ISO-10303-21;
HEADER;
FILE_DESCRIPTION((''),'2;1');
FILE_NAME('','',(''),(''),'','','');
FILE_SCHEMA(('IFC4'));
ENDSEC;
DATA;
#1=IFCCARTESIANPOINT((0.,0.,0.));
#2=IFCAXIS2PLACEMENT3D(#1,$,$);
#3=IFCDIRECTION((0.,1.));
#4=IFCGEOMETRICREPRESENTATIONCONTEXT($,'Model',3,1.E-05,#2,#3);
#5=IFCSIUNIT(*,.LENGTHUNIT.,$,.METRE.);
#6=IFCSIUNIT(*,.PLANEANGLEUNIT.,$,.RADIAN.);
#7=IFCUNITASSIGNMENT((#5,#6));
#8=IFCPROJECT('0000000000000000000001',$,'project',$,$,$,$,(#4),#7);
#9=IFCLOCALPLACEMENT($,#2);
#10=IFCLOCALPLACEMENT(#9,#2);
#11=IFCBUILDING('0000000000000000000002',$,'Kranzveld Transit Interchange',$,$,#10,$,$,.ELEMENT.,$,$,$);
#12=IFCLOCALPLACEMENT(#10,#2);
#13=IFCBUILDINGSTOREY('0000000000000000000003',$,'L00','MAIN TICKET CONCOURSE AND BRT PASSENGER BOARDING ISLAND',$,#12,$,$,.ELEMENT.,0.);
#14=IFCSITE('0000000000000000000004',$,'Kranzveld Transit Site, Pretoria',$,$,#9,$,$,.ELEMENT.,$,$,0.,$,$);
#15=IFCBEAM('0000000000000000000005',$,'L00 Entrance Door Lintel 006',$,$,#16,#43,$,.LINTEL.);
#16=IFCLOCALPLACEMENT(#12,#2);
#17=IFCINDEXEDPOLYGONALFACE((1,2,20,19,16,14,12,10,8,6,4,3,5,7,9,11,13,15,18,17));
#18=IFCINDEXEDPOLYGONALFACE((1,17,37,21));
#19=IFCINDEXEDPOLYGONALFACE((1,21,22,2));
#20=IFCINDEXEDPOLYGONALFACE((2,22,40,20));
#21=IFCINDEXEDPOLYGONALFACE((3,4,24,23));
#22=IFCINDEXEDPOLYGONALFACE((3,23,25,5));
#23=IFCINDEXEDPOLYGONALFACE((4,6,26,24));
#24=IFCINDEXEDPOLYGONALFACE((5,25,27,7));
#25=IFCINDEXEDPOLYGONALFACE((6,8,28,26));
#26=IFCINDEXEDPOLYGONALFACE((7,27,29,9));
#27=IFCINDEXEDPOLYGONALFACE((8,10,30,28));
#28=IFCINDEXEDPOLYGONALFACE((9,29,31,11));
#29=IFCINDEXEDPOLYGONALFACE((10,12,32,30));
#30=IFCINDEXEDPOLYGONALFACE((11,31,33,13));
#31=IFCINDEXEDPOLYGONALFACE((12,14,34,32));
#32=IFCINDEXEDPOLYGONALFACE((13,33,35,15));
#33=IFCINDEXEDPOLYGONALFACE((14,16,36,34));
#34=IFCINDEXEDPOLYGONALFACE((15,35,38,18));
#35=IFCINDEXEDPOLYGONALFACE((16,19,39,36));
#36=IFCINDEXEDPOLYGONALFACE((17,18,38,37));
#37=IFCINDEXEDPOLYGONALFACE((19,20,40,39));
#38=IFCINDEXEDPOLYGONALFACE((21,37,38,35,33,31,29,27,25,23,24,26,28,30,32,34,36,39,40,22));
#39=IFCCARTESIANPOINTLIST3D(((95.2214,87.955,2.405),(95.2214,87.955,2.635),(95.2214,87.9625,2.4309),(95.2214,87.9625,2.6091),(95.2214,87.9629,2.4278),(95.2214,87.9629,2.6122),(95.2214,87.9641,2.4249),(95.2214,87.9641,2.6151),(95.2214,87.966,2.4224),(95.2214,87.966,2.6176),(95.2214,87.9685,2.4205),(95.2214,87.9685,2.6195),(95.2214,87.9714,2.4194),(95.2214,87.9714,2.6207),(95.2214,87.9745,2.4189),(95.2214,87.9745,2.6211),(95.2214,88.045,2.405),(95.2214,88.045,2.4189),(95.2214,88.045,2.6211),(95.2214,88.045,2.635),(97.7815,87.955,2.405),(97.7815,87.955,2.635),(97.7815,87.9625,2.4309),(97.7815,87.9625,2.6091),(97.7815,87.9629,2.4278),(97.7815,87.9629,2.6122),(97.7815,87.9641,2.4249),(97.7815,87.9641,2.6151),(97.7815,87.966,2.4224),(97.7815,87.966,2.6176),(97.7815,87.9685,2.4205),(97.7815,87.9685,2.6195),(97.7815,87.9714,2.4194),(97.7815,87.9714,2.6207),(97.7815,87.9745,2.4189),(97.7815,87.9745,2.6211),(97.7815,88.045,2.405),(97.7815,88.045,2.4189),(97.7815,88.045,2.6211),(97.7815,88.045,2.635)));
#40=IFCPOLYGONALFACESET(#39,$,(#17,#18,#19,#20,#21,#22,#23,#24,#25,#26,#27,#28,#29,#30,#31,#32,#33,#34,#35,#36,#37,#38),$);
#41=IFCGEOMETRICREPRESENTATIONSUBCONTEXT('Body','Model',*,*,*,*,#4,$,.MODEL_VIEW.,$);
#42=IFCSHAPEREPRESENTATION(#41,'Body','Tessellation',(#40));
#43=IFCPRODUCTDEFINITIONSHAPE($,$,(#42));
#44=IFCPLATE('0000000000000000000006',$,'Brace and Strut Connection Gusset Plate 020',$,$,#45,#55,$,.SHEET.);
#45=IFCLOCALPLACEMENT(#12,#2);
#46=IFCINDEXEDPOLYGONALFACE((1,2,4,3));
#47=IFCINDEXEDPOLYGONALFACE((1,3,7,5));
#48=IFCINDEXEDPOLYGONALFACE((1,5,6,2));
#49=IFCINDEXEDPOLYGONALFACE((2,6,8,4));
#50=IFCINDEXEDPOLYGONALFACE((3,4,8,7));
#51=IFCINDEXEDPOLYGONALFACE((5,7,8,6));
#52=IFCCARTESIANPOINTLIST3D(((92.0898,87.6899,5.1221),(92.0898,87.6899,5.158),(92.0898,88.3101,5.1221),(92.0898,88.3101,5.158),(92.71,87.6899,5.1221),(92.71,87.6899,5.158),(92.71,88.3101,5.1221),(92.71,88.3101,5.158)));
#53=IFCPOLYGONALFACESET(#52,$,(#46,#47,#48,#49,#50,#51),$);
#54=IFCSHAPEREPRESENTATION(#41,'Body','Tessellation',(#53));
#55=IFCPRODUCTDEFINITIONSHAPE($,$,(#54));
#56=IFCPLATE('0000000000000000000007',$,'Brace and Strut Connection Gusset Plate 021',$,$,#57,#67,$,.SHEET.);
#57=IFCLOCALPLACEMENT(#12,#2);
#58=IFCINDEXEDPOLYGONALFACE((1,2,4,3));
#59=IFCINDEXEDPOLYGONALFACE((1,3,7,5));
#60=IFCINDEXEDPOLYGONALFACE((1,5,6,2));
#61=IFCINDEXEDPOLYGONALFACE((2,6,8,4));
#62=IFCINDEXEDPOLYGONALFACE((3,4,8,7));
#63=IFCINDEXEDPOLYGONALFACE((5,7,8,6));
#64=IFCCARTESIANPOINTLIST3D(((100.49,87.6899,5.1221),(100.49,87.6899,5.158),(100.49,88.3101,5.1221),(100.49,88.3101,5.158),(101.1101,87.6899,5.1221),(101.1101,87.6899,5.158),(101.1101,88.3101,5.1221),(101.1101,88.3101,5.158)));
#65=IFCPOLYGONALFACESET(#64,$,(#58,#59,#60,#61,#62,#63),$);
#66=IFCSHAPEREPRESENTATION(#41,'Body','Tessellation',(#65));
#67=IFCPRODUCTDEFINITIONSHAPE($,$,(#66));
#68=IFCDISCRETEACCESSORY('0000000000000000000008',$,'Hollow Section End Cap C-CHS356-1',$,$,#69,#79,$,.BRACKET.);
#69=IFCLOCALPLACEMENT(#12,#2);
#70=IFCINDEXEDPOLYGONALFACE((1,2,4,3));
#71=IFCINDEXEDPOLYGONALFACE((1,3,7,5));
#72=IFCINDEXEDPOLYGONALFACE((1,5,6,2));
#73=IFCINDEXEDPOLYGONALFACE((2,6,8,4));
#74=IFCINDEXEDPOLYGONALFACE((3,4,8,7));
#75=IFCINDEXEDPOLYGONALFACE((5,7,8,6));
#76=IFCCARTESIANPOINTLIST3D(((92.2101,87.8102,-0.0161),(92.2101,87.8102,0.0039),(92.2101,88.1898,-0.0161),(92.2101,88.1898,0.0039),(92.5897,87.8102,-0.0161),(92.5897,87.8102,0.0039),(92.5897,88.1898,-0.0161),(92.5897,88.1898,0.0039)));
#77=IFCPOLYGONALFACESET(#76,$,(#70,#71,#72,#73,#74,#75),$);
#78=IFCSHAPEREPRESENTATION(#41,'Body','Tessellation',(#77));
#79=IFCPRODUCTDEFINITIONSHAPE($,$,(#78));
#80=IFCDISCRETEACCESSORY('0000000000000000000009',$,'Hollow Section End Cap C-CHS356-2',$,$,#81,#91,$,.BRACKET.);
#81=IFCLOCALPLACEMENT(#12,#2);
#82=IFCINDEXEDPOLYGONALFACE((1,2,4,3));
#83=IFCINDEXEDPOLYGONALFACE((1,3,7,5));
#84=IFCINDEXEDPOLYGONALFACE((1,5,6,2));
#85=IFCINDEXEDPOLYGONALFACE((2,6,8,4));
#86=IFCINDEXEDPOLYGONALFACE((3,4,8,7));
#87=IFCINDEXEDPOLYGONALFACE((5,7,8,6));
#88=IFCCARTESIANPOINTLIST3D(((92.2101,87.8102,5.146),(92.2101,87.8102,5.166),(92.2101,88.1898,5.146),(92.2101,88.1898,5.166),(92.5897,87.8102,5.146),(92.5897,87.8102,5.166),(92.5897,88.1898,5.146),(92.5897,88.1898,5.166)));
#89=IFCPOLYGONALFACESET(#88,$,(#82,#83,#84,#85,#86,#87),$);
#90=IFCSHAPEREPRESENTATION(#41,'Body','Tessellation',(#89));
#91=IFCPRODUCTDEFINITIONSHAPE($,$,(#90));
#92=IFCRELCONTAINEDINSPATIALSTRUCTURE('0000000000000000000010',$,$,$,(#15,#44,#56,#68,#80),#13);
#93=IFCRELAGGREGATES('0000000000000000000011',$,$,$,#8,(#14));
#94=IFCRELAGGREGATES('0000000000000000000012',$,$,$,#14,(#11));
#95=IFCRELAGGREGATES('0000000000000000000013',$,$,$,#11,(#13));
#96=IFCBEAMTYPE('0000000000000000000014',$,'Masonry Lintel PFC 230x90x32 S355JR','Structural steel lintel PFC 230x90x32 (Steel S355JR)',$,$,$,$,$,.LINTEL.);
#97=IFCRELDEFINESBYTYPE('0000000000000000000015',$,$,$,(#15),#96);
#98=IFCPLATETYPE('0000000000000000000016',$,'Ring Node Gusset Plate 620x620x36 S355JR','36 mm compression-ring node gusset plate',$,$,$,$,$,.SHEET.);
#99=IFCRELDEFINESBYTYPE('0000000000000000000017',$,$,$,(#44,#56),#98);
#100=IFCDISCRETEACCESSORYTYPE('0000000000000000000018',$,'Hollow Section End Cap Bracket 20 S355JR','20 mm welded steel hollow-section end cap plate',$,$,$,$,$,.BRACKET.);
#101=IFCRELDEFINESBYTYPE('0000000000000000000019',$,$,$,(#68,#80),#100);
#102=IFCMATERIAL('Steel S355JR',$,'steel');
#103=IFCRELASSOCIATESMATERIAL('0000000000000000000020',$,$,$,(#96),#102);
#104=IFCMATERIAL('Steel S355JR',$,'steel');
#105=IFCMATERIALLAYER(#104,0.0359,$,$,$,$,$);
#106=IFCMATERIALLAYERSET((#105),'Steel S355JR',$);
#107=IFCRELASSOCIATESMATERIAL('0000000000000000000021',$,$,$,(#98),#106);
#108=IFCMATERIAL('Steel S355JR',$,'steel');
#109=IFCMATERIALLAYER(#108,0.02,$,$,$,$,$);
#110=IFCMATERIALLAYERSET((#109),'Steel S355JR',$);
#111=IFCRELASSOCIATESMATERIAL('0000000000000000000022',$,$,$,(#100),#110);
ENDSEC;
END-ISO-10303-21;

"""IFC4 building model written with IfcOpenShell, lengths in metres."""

from ifc_helpers import new_model, si_unit, direction, frame, origin, origin_2d, place, context, subcontext, project, spatial, rectangle, u_section, extrude, material, layer, layer_set, material_profile, profile_set, type_object, element, save


model = new_model("IFC4")

# Units and contexts
model_context = context("Model", 3, precision=1e-05, world=origin(), true_north=direction((0.0, 1.0)))
body_context = subcontext(model_context, "Body", "Model", "MODEL_VIEW")
ifc_project = project(units=[si_unit("LENGTHUNIT", "METRE"), si_unit("PLANEANGLEUNIT", "RADIAN")], contexts=[model_context])

# Site, building, storey
site_placement = place(None, origin())
site = spatial("IfcSite", under=ifc_project, at=site_placement, Name="Kranzveld Transit Site, Pretoria", CompositionType="ELEMENT", RefElevation=0.0)
building_placement = place(site_placement, origin())
building = spatial("IfcBuilding", under=site, at=building_placement, Name="Kranzveld Transit Interchange", CompositionType="ELEMENT")
storey_placement = place(building_placement, origin())
storey = spatial("IfcBuildingStorey", under=building, at=storey_placement, Name="L00", Description="MAIN TICKET CONCOURSE AND BRT PASSENGER BOARDING ISLAND", CompositionType="ELEMENT", Elevation=0.0)

# Beam
ifc_material_1 = material(Name="Steel S355JR", Category="steel")
ifc_material_profile_1 = material_profile(ifc_material_1, u_section(Depth=0.23, FlangeWidth=0.0901, WebThickness=0.0076, FlangeThickness=0.0139, FilletRadius=0.012, at=origin_2d()), Name="PFC 230x90x32")
ifc_profile_set_1 = profile_set([ifc_material_profile_1], Name="Steel S355JR")
beam_type_1 = type_object("IfcBeamType", Name="Masonry Lintel PFC 230x90x32 S355JR", Description="Structural steel lintel PFC 230x90x32 (Steel S355JR)", PredefinedType="LINTEL", material=ifc_profile_set_1)
beam_1_placement = place(storey_placement, frame((95.2214, 88.0, 2.52), z_axis=(1.0, 0.0, 0.0), x_axis=(0.0, 1.0, 0.0)))
element("IfcBeam", 1, at=beam_1_placement, inside=storey, type_object=beam_type_1, Name="L00 Entrance Door Lintel 006", PredefinedType="LINTEL", context=body_context, shape_type="SweptSolid", body=[
    extrude(u_section(Depth=0.23, FlangeWidth=0.0901, WebThickness=0.0076, FlangeThickness=0.0139, FilletRadius=0.012, at=origin_2d()), origin(), (0.0, 0.0, 1.0), 2.5601),
])

# Plates
ifc_material_2 = material(Name="Steel S355JR", Category="steel")
ifc_layer_1 = layer(ifc_material_2, 0.0359)
ifc_layer_set_1 = layer_set([ifc_layer_1], Name="Steel S355JR")
plate_type = type_object("IfcPlateType", Name="Ring Node Gusset Plate 620x620x36 S355JR", Description="36 mm compression-ring node gusset plate", PredefinedType="SHEET", material=ifc_layer_set_1)
for number, where, z_axis, x_axis, name in (
    (2, (92.3999, 88.0, 5.1221), (0.0, 0.0, 1.0), (1.0, 0.0, 0.0), "Brace and Strut Connection Gusset Plate 020"),
    (3, (100.8, 88.0, 5.1221), (0.0, 0.0, 1.0), (1.0, 0.0, 0.0), "Brace and Strut Connection Gusset Plate 021"),
):
    element("IfcPlate", number, at=place(storey_placement, frame(where, z_axis=z_axis, x_axis=x_axis)), inside=storey, type_object=plate_type, Name=name, PredefinedType="SHEET", context=body_context, shape_type="SweptSolid", body=[
        extrude(rectangle(XDim=0.6201, YDim=0.6201, at=origin_2d()), origin(), (0.0, 0.0, 1.0), 0.0359),
    ])

# Discrete accessories
ifc_material_3 = material(Name="Steel S355JR", Category="steel")
ifc_layer_2 = layer(ifc_material_3, 0.02)
ifc_layer_set_2 = layer_set([ifc_layer_2], Name="Steel S355JR")
discrete_accessory_type = type_object("IfcDiscreteAccessoryType", Name="Hollow Section End Cap Bracket 20 S355JR", Description="20 mm welded steel hollow-section end cap plate", PredefinedType="BRACKET", material=ifc_layer_set_2)
for number, where, z_axis, x_axis, name in (
    (4, (92.3999, 88.0, 0.0039), (0.0, 0.0, -1.0), (1.0, 0.0, 0.0), "Hollow Section End Cap C-CHS356-1"),
    (5, (92.3999, 88.0, 5.146), (0.0, 0.0, 1.0), (1.0, 0.0, 0.0), "Hollow Section End Cap C-CHS356-2"),
):
    element("IfcDiscreteAccessory", number, at=place(storey_placement, frame(where, z_axis=z_axis, x_axis=x_axis)), inside=storey, type_object=discrete_accessory_type, Name=name, PredefinedType="BRACKET", context=body_context, shape_type="SweptSolid", body=[
        extrude(rectangle(XDim=0.3796, YDim=0.3796, at=origin_2d()), origin(), (0.0, 0.0, 1.0), 0.02),
    ])

save(model, "model.ifc")
